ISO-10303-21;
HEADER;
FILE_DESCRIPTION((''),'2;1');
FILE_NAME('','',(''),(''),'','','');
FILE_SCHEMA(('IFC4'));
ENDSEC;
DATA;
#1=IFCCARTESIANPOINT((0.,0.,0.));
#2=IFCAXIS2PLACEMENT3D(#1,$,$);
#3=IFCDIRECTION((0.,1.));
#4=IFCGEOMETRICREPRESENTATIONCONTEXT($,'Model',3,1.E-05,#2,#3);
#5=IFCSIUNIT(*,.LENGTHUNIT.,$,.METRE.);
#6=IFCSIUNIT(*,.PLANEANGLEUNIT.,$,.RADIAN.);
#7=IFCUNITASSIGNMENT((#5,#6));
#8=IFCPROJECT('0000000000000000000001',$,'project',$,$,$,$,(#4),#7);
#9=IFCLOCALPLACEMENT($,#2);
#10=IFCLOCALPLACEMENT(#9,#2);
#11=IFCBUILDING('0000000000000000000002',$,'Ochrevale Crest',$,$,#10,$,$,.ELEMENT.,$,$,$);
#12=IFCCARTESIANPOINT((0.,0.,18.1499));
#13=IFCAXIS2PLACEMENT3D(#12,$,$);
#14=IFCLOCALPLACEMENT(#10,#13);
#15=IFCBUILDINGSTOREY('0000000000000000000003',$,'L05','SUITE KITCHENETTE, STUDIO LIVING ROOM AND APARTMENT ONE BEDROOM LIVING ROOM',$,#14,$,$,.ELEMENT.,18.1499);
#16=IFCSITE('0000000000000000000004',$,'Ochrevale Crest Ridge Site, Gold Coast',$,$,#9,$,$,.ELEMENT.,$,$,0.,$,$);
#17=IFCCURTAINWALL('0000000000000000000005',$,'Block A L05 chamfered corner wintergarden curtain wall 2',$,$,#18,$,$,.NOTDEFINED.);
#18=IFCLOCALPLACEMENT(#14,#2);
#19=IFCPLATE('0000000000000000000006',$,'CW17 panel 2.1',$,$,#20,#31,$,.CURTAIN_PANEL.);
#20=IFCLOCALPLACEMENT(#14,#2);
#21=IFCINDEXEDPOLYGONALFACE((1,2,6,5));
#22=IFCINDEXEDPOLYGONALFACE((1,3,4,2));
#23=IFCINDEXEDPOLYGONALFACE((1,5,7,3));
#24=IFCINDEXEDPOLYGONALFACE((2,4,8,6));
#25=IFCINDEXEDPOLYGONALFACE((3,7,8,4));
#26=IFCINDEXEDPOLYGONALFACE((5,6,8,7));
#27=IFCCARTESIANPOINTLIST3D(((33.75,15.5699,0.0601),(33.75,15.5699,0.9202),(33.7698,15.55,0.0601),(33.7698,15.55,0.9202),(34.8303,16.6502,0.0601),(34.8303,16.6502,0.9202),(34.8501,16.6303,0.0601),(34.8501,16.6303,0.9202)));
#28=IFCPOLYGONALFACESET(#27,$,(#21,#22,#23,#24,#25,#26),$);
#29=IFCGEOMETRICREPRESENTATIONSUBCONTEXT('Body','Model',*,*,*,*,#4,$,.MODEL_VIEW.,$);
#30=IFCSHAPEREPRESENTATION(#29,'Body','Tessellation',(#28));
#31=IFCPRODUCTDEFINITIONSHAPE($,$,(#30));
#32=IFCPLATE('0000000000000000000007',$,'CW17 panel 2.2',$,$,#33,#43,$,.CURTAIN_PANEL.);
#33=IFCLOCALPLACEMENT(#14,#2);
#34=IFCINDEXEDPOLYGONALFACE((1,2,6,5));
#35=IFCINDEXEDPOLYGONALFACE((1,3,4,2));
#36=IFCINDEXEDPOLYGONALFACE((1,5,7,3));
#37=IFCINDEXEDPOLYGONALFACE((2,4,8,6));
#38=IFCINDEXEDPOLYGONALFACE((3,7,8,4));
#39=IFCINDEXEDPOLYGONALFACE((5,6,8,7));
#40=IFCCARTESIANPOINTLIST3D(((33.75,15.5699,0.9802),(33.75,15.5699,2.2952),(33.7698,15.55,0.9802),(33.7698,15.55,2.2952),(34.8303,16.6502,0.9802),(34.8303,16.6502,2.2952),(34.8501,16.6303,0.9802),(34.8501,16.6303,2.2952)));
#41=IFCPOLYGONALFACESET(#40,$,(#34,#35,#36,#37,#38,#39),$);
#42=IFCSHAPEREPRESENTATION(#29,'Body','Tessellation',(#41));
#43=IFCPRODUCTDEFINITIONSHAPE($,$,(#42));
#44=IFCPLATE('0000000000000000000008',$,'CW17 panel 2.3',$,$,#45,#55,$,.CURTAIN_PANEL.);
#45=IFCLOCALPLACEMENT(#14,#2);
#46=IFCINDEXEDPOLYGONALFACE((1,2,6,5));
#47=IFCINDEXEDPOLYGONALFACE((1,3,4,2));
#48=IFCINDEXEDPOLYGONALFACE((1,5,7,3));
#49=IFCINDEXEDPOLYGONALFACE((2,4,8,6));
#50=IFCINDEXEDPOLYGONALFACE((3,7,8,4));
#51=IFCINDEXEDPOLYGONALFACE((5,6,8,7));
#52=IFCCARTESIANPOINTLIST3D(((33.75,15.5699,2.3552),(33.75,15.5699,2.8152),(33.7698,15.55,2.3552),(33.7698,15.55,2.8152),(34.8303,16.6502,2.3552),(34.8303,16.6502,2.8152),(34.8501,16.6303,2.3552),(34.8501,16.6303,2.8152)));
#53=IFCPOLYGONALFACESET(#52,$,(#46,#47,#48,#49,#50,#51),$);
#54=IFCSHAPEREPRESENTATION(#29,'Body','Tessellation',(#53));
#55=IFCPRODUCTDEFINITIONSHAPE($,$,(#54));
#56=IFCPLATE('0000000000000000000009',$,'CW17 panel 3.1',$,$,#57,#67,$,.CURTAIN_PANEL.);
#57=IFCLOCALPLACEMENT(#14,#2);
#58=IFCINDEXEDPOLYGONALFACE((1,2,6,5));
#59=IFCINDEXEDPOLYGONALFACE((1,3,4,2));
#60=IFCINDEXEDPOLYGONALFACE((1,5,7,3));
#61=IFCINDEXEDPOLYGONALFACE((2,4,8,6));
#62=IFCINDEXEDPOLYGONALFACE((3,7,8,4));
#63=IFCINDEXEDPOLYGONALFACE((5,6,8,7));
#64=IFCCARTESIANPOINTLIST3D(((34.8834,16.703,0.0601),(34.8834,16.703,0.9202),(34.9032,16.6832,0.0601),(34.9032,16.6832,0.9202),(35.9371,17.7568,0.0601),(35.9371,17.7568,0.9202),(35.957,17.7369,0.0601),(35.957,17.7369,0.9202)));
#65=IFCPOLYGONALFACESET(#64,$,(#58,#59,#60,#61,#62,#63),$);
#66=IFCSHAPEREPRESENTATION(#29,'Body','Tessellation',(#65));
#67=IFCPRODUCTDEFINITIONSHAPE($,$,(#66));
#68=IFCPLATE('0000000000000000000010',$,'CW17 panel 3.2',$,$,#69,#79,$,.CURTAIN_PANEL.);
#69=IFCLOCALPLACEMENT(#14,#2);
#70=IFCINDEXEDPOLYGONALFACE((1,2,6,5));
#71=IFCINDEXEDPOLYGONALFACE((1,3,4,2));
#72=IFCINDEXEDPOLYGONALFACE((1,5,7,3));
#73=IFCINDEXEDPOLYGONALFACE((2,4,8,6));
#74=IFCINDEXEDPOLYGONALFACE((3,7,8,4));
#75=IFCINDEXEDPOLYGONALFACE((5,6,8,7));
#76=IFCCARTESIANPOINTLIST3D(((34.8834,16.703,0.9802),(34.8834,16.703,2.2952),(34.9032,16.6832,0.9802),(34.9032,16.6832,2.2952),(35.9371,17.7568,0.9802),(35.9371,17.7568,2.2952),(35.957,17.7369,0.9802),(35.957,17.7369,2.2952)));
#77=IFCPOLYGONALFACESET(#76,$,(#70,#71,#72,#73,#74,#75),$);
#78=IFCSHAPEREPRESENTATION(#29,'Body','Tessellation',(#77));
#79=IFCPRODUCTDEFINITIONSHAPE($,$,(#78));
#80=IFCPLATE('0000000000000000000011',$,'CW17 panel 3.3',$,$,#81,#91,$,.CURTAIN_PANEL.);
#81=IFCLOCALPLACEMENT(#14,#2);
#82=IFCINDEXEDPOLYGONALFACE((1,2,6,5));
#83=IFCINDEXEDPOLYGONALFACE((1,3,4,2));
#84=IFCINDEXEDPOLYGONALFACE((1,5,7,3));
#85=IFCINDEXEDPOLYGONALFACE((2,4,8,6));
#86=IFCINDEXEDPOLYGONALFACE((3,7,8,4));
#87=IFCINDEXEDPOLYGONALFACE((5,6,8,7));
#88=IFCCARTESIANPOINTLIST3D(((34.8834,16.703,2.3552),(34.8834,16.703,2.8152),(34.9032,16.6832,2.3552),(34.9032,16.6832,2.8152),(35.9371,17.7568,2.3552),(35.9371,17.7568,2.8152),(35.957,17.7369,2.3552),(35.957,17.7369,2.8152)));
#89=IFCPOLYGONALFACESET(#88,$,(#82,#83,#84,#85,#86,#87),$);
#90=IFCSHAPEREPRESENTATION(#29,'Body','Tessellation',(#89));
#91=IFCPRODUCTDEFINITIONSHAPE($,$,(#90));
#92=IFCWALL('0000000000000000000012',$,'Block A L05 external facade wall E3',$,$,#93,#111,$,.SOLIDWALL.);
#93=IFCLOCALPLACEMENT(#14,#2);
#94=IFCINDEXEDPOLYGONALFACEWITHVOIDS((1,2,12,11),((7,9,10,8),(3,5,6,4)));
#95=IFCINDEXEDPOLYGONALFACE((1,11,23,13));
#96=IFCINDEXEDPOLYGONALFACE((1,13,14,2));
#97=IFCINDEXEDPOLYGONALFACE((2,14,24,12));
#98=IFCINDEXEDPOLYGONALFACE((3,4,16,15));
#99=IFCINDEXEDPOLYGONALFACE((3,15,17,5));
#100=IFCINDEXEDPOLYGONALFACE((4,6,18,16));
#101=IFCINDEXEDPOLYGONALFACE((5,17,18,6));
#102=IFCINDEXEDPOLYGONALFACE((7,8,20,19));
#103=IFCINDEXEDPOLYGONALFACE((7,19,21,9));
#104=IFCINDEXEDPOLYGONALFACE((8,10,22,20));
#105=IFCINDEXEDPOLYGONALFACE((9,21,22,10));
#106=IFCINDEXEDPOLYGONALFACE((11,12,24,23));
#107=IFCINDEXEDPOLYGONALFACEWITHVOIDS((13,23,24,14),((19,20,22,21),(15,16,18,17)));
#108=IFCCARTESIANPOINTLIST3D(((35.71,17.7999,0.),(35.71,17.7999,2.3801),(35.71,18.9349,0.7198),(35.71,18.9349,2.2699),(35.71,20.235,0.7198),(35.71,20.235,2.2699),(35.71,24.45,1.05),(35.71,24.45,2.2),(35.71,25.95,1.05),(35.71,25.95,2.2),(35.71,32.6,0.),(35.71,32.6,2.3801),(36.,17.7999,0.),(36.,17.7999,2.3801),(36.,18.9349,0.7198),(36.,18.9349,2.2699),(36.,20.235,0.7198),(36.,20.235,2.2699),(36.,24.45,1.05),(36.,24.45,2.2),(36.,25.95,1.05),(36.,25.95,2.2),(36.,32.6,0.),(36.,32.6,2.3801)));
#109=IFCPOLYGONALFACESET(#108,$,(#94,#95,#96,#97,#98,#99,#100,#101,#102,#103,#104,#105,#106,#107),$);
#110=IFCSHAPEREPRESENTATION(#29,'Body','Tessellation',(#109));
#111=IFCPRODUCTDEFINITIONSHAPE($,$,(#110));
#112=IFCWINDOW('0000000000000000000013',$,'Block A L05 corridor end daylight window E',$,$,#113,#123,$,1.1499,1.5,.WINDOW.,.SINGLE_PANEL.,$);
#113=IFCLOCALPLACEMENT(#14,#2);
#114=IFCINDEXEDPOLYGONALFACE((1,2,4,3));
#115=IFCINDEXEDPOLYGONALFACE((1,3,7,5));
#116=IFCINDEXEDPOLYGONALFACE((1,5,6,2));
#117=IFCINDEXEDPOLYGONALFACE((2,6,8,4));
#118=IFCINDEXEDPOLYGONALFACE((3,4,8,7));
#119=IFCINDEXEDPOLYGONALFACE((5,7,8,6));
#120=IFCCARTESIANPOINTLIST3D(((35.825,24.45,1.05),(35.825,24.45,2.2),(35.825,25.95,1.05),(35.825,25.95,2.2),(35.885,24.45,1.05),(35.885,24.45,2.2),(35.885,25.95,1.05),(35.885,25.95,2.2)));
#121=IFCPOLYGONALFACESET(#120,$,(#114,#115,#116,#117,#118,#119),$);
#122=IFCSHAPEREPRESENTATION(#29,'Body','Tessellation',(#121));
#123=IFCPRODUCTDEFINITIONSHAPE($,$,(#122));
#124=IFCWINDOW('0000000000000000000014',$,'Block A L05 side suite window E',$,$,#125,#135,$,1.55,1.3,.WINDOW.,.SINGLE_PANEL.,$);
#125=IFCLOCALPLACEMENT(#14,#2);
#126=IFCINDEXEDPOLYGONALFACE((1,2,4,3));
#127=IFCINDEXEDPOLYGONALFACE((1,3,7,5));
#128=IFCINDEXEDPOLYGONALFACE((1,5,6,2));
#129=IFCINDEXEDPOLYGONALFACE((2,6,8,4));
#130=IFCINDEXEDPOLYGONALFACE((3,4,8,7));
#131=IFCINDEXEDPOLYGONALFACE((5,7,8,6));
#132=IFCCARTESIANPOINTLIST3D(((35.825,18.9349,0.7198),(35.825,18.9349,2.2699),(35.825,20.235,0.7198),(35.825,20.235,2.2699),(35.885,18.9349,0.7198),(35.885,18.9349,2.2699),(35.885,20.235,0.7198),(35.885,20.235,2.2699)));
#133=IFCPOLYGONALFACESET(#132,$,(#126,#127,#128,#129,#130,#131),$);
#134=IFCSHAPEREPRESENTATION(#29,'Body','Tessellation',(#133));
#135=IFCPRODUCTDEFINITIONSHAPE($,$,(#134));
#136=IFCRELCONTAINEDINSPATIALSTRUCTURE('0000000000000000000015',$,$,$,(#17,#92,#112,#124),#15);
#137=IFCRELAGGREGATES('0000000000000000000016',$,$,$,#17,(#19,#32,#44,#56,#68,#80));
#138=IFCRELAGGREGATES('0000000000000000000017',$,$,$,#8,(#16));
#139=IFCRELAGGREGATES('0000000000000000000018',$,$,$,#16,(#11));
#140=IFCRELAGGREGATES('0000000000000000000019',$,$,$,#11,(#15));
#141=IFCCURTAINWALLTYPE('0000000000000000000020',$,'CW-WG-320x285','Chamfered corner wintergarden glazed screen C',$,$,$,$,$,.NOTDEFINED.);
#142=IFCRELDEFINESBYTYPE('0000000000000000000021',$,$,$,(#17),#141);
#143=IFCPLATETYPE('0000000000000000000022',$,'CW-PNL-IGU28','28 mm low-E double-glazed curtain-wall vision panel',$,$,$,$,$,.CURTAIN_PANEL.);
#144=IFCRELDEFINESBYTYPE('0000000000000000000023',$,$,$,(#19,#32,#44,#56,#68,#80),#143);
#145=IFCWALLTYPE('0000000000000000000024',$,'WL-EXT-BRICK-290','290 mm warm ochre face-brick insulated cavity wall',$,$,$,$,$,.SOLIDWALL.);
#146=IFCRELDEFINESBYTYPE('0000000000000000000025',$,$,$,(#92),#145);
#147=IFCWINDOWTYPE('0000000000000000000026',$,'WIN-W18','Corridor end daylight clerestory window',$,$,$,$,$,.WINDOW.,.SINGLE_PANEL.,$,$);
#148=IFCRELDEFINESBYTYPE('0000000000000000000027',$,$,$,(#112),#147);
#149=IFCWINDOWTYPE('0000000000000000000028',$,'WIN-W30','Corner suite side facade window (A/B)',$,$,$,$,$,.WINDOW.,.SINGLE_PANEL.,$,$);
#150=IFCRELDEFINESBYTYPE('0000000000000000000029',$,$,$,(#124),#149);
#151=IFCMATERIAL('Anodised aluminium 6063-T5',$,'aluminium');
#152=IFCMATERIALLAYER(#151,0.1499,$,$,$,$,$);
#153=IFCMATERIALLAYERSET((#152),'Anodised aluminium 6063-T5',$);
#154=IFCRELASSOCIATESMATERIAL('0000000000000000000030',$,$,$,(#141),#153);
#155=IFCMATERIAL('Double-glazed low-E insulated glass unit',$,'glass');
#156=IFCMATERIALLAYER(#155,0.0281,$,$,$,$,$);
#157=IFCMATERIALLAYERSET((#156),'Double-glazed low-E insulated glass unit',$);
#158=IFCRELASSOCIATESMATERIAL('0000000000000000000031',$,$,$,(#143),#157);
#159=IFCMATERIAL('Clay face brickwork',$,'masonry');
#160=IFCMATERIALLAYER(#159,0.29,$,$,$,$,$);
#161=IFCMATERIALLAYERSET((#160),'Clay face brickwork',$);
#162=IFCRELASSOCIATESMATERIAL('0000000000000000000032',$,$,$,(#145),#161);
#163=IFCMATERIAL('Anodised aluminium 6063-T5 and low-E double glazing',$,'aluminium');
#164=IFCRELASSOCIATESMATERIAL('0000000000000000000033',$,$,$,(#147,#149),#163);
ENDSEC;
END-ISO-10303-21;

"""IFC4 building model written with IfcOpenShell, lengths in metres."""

from ifc_helpers import new_model, si_unit, direction, frame, frame_2d, origin, origin_2d, place, context, subcontext, project, spatial, rectangle, extrude, material, layer, layer_set, type_object, element, fill, aggregate, save


model = new_model("IFC4")

# Units and contexts
model_context = context("Model", 3, precision=1e-05, world=origin(), true_north=direction((0.0, 1.0)))
body_context = subcontext(model_context, "Body", "Model", "MODEL_VIEW")
ifc_project = project(units=[si_unit("LENGTHUNIT", "METRE"), si_unit("PLANEANGLEUNIT", "RADIAN")], contexts=[model_context])

# Site, building, storey
site_placement = place(None, origin())
site = spatial("IfcSite", under=ifc_project, at=site_placement, Name="Ochrevale Crest Ridge Site, Gold Coast", CompositionType="ELEMENT", RefElevation=0.0)
building_placement = place(site_placement, origin())
building = spatial("IfcBuilding", under=site, at=building_placement, Name="Ochrevale Crest", CompositionType="ELEMENT")
storey_placement = place(building_placement, frame((0.0, 0.0, 18.1499)))
storey = spatial("IfcBuildingStorey", under=building, at=storey_placement, Name="L05", Description="SUITE KITCHENETTE, STUDIO LIVING ROOM AND APARTMENT ONE BEDROOM LIVING ROOM", CompositionType="ELEMENT", Elevation=18.1499)

# Curtain wall, plates
ifc_material_1 = material(Name="Anodised aluminium 6063-T5", Category="aluminium")
ifc_layer_1 = layer(ifc_material_1, 0.1499)
ifc_layer_set_1 = layer_set([ifc_layer_1], Name="Anodised aluminium 6063-T5")
curtain_wall_type = type_object("IfcCurtainWallType", Name="CW-WG-320x285", Description="Chamfered corner wintergarden glazed screen C", PredefinedType="NOTDEFINED", material=ifc_layer_set_1)
curtain_wall_placement = place(storey_placement, origin())
curtain_wall = element("IfcCurtainWall", 1, at=curtain_wall_placement, inside=storey, type_object=curtain_wall_type, Name="Block A L05 chamfered corner wintergarden curtain wall 2", PredefinedType="NOTDEFINED")
ifc_material_2 = material(Name="Double-glazed low-E insulated glass unit", Category="glass")
ifc_layer_2 = layer(ifc_material_2, 0.0281)
ifc_layer_set_2 = layer_set([ifc_layer_2], Name="Double-glazed low-E insulated glass unit")
plate_type = type_object("IfcPlateType", Name="CW-PNL-IGU28", Description="28 mm low-E double-glazed curtain-wall vision panel", PredefinedType="CURTAIN_PANEL", material=ifc_layer_set_2)
plate_1_placement = place(storey_placement, frame((34.3, 16.1001, 0.0601), z_axis=(0.0, 0.0, 1.0), x_axis=(0.707107, 0.707107, 0.0)))
plate_1 = element("IfcPlate", 2, at=plate_1_placement, type_object=plate_type, Name="CW17 panel 2.1", PredefinedType="CURTAIN_PANEL", context=body_context, shape_type="SweptSolid", body=[
    extrude(rectangle(XDim=1.5278, YDim=0.0281, at=origin_2d()), origin(), (0.0, 0.0, 1.0), 0.8601),
])
plate_2_placement = place(storey_placement, frame((34.3, 16.1001, 0.9802), z_axis=(0.0, 0.0, 1.0), x_axis=(0.707107, 0.707107, 0.0)))
plate_2 = element("IfcPlate", 3, at=plate_2_placement, type_object=plate_type, Name="CW17 panel 2.2", PredefinedType="CURTAIN_PANEL", context=body_context, shape_type="SweptSolid", body=[
    extrude(rectangle(XDim=1.5278, YDim=0.0281, at=origin_2d()), origin(), (0.0, 0.0, 1.0), 1.3149),
])
plate_3_placement = place(storey_placement, frame((34.3, 16.1001, 2.3552), z_axis=(0.0, 0.0, 1.0), x_axis=(0.707107, 0.707107, 0.0)))
plate_3 = element("IfcPlate", 4, at=plate_3_placement, type_object=plate_type, Name="CW17 panel 2.3", PredefinedType="CURTAIN_PANEL", context=body_context, shape_type="SweptSolid", body=[
    extrude(rectangle(XDim=1.5278, YDim=0.0281, at=origin_2d()), origin(), (0.0, 0.0, 1.0), 0.46),
])
plate_4_placement = place(storey_placement, frame((35.4202, 17.22, 0.0601), z_axis=(0.0, 0.0, 1.0), x_axis=(0.707107, 0.707107, 0.0)))
plate_4 = element("IfcPlate", 5, at=plate_4_placement, type_object=plate_type, Name="CW17 panel 3.1", PredefinedType="CURTAIN_PANEL", context=body_context, shape_type="SweptSolid", body=[
    extrude(rectangle(XDim=1.4902, YDim=0.0281, at=origin_2d()), origin(), (0.0, 0.0, 1.0), 0.8601),
])
plate_5_placement = place(storey_placement, frame((35.4202, 17.22, 0.9802), z_axis=(0.0, 0.0, 1.0), x_axis=(0.707107, 0.707107, 0.0)))
plate_5 = element("IfcPlate", 6, at=plate_5_placement, type_object=plate_type, Name="CW17 panel 3.2", PredefinedType="CURTAIN_PANEL", context=body_context, shape_type="SweptSolid", body=[
    extrude(rectangle(XDim=1.4902, YDim=0.0281, at=origin_2d()), origin(), (0.0, 0.0, 1.0), 1.3149),
])
plate_6_placement = place(storey_placement, frame((35.4202, 17.22, 2.3552), z_axis=(0.0, 0.0, 1.0), x_axis=(0.707107, 0.707107, 0.0)))
plate_6 = element("IfcPlate", 7, at=plate_6_placement, type_object=plate_type, Name="CW17 panel 3.3", PredefinedType="CURTAIN_PANEL", context=body_context, shape_type="SweptSolid", body=[
    extrude(rectangle(XDim=1.4902, YDim=0.0281, at=origin_2d()), origin(), (0.0, 0.0, 1.0), 0.46),
])
aggregate(curtain_wall, [plate_1, plate_2, plate_3, plate_4, plate_5, plate_6])

# Wall, openings, windows
ifc_material_3 = material(Name="Clay face brickwork", Category="masonry")
ifc_layer_3 = layer(ifc_material_3, 0.29)
ifc_layer_set_3 = layer_set([ifc_layer_3], Name="Clay face brickwork")
wall_type = type_object("IfcWallType", Name="WL-EXT-BRICK-290", Description="290 mm warm ochre face-brick insulated cavity wall", PredefinedType="SOLIDWALL", material=ifc_layer_set_3)
wall_placement = place(storey_placement, frame((35.855, 17.8, 0.0), z_axis=(0.0, 0.0, 1.0), x_axis=(0.0, 1.0, 0.0)))
wall = element("IfcWall", 8, at=wall_placement, inside=storey, type_object=wall_type, Name="Block A L05 external facade wall E3", PredefinedType="SOLIDWALL", context=body_context, shape_type="SweptSolid", body=[
    extrude(rectangle(XDim=14.8, YDim=0.29, at=frame_2d((7.3999, 0.0))), origin(), (0.0, 0.0, 1.0), 2.3801),
])
opening_1_placement = place(wall_placement, frame((6.6499, 0.0, 1.05)))
opening_1 = element("IfcOpeningElement", 9, at=opening_1_placement, cuts=wall, PredefinedType="OPENING", context=body_context, shape_type="SweptSolid", body=[
    extrude(rectangle(XDim=1.5, YDim=1.1499, at=frame_2d((0.75, 0.575))), frame((0.0, 0.155, 0.0), z_axis=(0.0, -1.0, 0.0), x_axis=(1.0, 0.0, 0.0)), (0.0, 0.0, 1.0), 0.3101),
])
opening_2_placement = place(wall_placement, frame((1.135, 0.0, 0.72)))
opening_2 = element("IfcOpeningElement", 10, at=opening_2_placement, cuts=wall, PredefinedType="OPENING", context=body_context, shape_type="SweptSolid", body=[
    extrude(rectangle(XDim=1.3, YDim=1.55, at=frame_2d((0.6499, 0.7749))), frame((0.0, 0.155, 0.0), z_axis=(0.0, -1.0, 0.0), x_axis=(1.0, 0.0, 0.0)), (0.0, 0.0, 1.0), 0.3101),
])
ifc_material_4 = material(Name="Anodised aluminium 6063-T5 and low-E double glazing", Category="aluminium")
window_type_1 = type_object("IfcWindowType", Name="WIN-W18", Description="Corridor end daylight clerestory window", PartitioningType="SINGLE_PANEL", PredefinedType="WINDOW", material=ifc_material_4)
window_1_placement = place(opening_1_placement, origin())
window_1 = element("IfcWindow", 11, at=window_1_placement, inside=storey, type_object=window_type_1, Name="Block A L05 corridor end daylight window E", OverallHeight=1.1499, OverallWidth=1.5, PartitioningType="SINGLE_PANEL", PredefinedType="WINDOW", context=body_context, shape_type="SweptSolid", body=[
    extrude(rectangle(XDim=1.5, YDim=1.1499, at=frame_2d((0.75, 0.575))), frame((0.0, 0.03, 0.0), z_axis=(0.0, -1.0, 0.0), x_axis=(1.0, 0.0, 0.0)), (0.0, 0.0, 1.0), 0.0601),
])
fill(opening_1, window_1)
window_type_2 = type_object("IfcWindowType", Name="WIN-W30", Description="Corner suite side facade window (A/B)", PartitioningType="SINGLE_PANEL", PredefinedType="WINDOW", material=ifc_material_4)
window_2_placement = place(opening_2_placement, origin())
window_2 = element("IfcWindow", 12, at=window_2_placement, inside=storey, type_object=window_type_2, Name="Block A L05 side suite window E", OverallHeight=1.55, OverallWidth=1.3, PartitioningType="SINGLE_PANEL", PredefinedType="WINDOW", context=body_context, shape_type="SweptSolid", body=[
    extrude(rectangle(XDim=1.3, YDim=1.55, at=frame_2d((0.6499, 0.7749))), frame((0.0, 0.03, 0.0), z_axis=(0.0, -1.0, 0.0), x_axis=(1.0, 0.0, 0.0)), (0.0, 0.0, 1.0), 0.0601),
])
fill(opening_2, window_2)

save(model, "model.ifc")
